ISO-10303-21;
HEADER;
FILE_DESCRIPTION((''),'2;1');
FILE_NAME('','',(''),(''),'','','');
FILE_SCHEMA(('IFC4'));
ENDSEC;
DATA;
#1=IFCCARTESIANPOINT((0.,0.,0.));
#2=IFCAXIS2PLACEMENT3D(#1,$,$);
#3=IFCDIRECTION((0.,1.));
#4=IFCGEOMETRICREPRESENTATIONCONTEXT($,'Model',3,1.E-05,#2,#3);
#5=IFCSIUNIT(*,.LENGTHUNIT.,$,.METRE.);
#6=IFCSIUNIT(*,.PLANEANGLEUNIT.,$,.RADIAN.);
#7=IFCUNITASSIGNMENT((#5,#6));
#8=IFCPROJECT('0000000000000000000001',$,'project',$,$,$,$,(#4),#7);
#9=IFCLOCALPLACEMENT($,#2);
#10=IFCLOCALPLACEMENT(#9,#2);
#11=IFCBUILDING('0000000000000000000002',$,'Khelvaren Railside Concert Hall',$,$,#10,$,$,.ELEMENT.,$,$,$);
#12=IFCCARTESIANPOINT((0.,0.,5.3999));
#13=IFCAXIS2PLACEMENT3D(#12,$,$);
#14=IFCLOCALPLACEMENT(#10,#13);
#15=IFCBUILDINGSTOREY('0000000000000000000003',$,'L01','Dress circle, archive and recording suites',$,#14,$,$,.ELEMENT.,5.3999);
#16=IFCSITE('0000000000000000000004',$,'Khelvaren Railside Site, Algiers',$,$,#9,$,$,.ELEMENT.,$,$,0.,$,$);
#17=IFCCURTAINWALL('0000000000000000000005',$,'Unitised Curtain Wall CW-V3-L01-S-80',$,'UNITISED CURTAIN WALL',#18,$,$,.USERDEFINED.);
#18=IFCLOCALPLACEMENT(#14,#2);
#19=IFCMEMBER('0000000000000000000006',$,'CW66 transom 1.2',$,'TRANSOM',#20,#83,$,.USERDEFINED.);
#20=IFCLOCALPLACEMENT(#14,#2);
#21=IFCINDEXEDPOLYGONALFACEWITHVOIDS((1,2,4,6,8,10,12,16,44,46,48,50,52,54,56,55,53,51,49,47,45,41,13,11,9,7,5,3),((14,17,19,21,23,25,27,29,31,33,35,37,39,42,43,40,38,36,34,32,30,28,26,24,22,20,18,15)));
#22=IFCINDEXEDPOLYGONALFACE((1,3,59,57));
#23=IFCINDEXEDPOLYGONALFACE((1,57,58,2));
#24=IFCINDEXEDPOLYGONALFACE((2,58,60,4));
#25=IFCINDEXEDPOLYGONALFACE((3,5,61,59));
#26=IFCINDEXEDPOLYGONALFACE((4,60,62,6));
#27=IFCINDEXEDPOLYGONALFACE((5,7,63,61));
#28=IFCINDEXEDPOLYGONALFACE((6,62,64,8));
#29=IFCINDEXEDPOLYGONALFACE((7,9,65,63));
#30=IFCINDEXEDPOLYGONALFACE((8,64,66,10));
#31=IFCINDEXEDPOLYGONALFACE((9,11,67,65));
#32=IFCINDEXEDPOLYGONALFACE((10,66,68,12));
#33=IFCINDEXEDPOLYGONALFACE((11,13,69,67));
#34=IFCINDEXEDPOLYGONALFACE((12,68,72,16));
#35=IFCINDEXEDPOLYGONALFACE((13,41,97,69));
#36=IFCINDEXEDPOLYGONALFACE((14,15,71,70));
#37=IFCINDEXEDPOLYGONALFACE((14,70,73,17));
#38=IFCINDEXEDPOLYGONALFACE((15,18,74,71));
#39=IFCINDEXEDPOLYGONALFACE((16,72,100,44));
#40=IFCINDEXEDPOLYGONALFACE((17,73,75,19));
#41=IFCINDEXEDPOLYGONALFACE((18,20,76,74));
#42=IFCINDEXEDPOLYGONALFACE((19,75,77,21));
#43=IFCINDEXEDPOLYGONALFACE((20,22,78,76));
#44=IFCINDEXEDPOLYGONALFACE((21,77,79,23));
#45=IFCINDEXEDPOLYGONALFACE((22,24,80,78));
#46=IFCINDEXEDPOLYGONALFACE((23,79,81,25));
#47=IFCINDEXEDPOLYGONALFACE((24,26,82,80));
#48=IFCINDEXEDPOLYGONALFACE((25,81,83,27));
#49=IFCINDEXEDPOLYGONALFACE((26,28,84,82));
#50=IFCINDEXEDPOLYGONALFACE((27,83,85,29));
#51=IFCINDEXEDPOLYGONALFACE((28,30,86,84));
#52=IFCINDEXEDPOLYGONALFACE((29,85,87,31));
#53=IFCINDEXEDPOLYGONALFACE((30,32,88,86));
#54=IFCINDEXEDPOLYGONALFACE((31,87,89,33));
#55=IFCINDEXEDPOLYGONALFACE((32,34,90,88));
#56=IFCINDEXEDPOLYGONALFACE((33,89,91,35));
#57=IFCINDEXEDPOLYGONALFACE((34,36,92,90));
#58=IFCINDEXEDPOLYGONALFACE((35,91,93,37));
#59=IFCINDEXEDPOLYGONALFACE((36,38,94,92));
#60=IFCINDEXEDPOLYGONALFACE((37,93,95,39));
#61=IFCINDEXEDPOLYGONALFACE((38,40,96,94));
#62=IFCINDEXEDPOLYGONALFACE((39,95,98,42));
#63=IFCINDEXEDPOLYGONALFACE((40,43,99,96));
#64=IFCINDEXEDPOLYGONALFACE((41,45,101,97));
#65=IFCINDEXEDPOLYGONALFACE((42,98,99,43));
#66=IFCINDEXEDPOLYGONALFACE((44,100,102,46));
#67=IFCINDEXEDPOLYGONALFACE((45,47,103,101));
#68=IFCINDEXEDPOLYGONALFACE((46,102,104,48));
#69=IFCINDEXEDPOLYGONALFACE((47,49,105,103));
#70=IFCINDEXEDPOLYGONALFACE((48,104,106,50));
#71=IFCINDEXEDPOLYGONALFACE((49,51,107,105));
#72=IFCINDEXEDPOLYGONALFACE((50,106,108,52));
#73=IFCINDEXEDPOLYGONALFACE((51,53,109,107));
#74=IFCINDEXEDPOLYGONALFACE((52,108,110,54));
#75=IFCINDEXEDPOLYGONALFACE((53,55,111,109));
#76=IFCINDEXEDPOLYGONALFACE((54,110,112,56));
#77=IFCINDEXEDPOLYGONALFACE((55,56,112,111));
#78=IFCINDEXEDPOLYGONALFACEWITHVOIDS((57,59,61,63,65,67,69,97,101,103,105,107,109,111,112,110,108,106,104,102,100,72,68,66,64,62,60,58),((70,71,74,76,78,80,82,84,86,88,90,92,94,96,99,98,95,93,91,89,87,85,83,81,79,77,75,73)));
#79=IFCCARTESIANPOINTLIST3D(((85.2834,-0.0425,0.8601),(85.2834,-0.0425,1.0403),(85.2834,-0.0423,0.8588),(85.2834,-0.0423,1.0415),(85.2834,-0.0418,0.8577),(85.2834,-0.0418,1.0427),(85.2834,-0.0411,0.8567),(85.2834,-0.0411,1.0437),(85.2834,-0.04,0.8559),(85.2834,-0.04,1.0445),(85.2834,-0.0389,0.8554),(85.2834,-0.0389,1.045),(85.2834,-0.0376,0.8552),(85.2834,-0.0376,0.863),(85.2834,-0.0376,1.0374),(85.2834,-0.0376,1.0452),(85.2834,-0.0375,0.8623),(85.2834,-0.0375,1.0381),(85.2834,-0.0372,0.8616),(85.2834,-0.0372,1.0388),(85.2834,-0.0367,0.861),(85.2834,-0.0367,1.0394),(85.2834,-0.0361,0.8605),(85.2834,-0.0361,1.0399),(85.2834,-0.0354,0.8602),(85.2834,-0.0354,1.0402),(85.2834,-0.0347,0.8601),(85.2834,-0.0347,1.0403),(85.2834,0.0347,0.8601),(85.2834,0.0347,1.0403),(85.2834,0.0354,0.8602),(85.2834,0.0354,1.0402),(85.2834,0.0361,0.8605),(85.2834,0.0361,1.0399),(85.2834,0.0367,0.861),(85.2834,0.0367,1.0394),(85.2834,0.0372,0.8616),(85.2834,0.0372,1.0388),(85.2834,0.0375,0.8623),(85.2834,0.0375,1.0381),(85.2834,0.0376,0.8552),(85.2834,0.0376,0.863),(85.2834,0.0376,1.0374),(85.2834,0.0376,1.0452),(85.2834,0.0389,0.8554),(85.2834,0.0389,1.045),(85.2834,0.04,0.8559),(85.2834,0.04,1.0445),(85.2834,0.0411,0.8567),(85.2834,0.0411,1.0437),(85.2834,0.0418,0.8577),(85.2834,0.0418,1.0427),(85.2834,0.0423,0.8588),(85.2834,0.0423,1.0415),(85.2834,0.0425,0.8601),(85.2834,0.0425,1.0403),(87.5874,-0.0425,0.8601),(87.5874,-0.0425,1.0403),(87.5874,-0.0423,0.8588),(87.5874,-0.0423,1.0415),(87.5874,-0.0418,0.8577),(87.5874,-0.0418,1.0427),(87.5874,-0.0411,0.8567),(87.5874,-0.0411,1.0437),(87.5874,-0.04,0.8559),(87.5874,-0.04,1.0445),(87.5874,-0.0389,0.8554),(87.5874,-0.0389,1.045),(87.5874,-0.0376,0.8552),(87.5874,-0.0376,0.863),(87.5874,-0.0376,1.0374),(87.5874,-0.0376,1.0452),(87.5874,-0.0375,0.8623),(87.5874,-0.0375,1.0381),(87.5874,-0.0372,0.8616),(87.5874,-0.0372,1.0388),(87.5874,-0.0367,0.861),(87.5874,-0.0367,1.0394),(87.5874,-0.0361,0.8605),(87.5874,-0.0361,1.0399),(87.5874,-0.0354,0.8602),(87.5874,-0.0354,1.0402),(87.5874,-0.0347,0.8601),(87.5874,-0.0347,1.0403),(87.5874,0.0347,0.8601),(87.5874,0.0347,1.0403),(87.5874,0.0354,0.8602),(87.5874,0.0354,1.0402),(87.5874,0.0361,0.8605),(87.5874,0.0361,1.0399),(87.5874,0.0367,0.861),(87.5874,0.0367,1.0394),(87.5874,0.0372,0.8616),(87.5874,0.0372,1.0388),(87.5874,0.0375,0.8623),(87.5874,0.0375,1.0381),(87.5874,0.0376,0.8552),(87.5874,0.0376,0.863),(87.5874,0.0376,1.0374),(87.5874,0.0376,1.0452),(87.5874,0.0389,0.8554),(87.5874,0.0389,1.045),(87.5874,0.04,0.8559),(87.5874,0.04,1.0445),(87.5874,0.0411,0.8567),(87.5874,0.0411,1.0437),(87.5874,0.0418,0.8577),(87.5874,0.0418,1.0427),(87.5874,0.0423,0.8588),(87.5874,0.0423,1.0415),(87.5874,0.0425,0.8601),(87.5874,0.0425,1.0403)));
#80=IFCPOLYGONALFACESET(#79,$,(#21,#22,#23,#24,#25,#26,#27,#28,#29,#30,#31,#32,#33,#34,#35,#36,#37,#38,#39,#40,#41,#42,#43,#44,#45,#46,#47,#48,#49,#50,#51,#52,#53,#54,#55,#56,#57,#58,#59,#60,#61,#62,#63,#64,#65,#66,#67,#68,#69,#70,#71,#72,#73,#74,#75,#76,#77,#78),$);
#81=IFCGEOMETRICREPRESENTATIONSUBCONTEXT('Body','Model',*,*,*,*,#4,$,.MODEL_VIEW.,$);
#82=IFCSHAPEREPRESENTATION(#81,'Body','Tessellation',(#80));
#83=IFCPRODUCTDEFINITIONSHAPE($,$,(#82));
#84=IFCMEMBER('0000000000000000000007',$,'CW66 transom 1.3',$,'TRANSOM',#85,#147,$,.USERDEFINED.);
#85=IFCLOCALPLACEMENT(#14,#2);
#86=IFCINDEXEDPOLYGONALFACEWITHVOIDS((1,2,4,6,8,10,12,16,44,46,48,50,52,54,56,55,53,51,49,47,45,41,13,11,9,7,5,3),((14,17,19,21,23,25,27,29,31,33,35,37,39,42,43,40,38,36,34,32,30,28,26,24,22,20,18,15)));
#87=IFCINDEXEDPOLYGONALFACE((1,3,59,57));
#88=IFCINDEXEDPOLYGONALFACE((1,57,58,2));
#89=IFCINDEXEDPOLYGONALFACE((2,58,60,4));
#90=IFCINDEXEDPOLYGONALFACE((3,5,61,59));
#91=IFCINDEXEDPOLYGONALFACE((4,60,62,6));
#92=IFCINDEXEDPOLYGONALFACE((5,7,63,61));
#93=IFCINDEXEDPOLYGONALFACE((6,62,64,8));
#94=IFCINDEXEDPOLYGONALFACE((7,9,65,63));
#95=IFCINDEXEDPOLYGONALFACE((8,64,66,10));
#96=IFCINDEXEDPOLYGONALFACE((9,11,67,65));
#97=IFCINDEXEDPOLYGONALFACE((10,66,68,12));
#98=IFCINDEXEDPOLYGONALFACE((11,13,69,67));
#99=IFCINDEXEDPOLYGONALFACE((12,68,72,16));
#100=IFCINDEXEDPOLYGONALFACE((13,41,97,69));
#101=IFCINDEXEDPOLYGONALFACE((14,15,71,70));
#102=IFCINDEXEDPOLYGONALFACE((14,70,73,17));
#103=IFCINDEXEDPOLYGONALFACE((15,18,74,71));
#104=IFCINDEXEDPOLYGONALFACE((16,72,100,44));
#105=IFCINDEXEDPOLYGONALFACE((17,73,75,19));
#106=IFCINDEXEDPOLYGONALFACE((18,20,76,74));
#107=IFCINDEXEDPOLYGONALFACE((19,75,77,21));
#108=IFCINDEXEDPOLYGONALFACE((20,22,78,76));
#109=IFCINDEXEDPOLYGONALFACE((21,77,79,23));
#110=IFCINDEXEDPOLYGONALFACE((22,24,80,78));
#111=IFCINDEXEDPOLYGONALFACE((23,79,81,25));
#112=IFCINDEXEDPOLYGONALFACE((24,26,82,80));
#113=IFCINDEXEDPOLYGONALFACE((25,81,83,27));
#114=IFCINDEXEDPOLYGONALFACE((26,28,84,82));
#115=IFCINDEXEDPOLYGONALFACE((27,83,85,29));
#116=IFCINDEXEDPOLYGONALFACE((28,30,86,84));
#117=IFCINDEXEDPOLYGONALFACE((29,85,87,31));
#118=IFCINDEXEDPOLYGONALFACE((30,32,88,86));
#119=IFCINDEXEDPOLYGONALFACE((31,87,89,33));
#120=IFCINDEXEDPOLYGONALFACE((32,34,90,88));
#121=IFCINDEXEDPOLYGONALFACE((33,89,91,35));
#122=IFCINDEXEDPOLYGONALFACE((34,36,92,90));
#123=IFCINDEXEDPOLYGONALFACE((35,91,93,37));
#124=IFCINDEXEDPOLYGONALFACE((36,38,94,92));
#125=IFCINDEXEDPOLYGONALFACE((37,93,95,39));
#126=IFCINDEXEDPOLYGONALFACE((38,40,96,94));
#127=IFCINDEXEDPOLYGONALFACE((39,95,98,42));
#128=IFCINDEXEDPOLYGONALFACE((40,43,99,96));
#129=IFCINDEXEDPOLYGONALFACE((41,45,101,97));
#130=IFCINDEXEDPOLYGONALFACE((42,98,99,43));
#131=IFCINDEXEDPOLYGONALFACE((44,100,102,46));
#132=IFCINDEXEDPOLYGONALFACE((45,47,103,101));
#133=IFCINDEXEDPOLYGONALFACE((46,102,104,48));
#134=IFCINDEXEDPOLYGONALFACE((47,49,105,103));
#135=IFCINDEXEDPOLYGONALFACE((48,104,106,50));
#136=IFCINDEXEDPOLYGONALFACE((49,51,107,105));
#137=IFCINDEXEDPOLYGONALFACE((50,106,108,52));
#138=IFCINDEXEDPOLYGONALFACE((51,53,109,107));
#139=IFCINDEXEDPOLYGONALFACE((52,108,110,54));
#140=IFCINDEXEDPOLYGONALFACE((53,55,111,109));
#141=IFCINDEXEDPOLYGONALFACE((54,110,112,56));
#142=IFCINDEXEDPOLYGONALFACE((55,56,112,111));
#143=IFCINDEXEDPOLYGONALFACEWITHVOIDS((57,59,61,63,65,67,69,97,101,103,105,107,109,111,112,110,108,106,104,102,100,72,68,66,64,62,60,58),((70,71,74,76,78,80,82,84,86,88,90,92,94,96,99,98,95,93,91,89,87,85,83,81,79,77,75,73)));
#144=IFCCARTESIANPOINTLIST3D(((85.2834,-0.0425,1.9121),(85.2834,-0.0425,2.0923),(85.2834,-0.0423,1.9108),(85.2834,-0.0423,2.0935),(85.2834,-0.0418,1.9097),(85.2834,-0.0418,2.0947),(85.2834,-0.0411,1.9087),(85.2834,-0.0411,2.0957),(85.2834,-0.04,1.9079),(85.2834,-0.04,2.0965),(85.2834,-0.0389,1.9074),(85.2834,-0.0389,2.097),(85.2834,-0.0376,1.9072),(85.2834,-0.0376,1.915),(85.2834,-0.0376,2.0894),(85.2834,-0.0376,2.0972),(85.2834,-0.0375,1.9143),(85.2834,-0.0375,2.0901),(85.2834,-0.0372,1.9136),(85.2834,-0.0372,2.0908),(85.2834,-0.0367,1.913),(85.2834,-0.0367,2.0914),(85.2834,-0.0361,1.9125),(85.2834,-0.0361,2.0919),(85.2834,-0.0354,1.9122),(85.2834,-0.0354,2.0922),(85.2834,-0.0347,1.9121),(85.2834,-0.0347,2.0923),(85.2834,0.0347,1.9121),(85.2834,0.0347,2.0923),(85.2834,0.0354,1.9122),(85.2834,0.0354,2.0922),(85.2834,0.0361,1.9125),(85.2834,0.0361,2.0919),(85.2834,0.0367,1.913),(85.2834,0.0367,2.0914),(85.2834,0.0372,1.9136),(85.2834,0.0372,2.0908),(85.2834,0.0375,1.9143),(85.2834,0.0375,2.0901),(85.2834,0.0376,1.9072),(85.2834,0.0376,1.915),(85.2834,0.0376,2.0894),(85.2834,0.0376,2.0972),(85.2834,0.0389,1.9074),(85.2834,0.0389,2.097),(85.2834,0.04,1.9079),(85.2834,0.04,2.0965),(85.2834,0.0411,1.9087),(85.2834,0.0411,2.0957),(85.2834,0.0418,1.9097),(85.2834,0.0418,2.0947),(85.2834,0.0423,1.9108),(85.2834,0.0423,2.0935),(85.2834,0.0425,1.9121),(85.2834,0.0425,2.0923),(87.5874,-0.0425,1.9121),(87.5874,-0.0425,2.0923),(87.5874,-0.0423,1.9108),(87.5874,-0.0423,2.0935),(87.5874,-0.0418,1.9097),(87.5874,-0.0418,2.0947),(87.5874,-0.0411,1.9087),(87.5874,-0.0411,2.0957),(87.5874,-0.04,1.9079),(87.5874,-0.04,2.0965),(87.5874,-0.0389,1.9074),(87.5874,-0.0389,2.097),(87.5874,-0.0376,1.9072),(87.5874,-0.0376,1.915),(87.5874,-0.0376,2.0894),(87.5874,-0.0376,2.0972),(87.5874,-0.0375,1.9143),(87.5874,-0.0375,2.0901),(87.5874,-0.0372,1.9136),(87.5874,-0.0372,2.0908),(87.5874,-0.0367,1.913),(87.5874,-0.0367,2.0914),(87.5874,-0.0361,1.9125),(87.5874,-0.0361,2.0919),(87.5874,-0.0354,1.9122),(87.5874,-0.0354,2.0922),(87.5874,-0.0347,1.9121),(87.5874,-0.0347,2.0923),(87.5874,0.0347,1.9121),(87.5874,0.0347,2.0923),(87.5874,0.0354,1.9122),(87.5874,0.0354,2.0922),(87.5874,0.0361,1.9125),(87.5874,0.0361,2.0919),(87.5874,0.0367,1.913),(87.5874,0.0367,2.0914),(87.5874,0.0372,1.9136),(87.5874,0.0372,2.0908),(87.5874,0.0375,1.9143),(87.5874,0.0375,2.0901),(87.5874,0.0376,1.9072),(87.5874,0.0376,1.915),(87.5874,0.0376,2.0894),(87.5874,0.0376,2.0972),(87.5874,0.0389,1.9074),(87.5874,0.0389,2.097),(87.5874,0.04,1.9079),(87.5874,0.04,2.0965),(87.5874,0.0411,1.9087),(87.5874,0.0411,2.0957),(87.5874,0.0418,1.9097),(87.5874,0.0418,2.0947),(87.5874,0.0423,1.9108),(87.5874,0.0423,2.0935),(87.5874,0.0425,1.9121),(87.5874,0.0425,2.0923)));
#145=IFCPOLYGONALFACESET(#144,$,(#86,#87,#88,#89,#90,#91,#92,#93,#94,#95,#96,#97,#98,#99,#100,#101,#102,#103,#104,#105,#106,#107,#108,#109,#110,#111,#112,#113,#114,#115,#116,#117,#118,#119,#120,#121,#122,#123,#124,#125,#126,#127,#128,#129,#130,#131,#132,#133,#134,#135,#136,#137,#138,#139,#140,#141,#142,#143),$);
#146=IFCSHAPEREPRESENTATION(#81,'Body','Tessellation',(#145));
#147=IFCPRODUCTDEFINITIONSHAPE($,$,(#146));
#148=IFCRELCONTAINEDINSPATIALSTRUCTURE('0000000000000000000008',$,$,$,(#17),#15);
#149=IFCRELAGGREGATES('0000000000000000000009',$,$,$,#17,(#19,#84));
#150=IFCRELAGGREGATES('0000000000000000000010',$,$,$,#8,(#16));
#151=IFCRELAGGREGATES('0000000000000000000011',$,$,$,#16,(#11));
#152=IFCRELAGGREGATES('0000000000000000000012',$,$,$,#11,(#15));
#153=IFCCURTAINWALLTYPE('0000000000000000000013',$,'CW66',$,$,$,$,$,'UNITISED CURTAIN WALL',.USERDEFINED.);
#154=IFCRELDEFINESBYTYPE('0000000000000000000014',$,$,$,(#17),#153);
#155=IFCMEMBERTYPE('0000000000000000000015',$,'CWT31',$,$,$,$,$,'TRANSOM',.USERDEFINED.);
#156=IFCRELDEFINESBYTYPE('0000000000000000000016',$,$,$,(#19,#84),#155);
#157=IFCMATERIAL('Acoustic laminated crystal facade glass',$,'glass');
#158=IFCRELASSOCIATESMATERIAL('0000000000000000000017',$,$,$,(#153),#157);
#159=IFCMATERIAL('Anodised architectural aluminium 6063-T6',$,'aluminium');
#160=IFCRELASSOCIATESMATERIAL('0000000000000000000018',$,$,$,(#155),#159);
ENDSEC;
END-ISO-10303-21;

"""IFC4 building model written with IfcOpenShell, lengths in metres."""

from ifc_helpers import new_model, si_unit, direction, frame, origin, origin_2d, place, context, subcontext, project, spatial, hollow_rectangle, extrude, material, material_profile, profile_set, type_object, element, aggregate, save


model = new_model("IFC4")

# Units and contexts
model_context = context("Model", 3, precision=1e-05, world=origin(), true_north=direction((0.0, 1.0)))
body_context = subcontext(model_context, "Body", "Model", "MODEL_VIEW")
ifc_project = project(units=[si_unit("LENGTHUNIT", "METRE"), si_unit("PLANEANGLEUNIT", "RADIAN")], contexts=[model_context])

# Site, building, storey
site_placement = place(None, origin())
site = spatial("IfcSite", under=ifc_project, at=site_placement, Name="Khelvaren Railside Site, Algiers", CompositionType="ELEMENT", RefElevation=0.0)
building_placement = place(site_placement, origin())
building = spatial("IfcBuilding", under=site, at=building_placement, Name="Khelvaren Railside Concert Hall", CompositionType="ELEMENT")
storey_placement = place(building_placement, frame((0.0, 0.0, 5.3999)))
storey = spatial("IfcBuildingStorey", under=building, at=storey_placement, Name="L01", Description="Dress circle, archive and recording suites", CompositionType="ELEMENT", Elevation=5.3999)

# Curtain wall
ifc_material_1 = material(Name="Acoustic laminated crystal facade glass", Category="glass")
curtain_wall_type_1 = type_object("IfcCurtainWallType", Name="CW66", ElementType="UNITISED CURTAIN WALL", PredefinedType="USERDEFINED", material=ifc_material_1)
curtain_wall_1_placement = place(storey_placement, origin())
curtain_wall_1 = element("IfcCurtainWall", 1, at=curtain_wall_1_placement, inside=storey, type_object=curtain_wall_type_1, Name="Unitised Curtain Wall CW-V3-L01-S-80", ObjectType="UNITISED CURTAIN WALL", PredefinedType="USERDEFINED")
ifc_material_2 = material(Name="Anodised architectural aluminium 6063-T6", Category="aluminium")

# Members
ifc_material_profile_1 = material_profile(ifc_material_2, hollow_rectangle(XDim=0.085, YDim=0.1899, WallThickness=0.0049, InnerFilletRadius=0.0029, OuterFilletRadius=0.0049, at=origin_2d()), Name="CWT 85x190x5")
ifc_profile_set_1 = profile_set([ifc_material_profile_1], Name="Anodised architectural aluminium 6063-T6")
member_type_1 = type_object("IfcMemberType", Name="CWT31", ElementType="TRANSOM", PredefinedType="USERDEFINED", material=ifc_profile_set_1)
member_1_placement = place(storey_placement, frame((87.5874, 0.0, 0.9502), z_axis=(-1.0, 0.0, 0.0), x_axis=(0.0, -1.0, 0.0)))
member_1 = element("IfcMember", 2, at=member_1_placement, type_object=member_type_1, Name="CW66 transom 1.2", ObjectType="TRANSOM", PredefinedType="USERDEFINED", context=body_context, shape_type="SweptSolid", body=[
    extrude(hollow_rectangle(XDim=0.085, YDim=0.1899, WallThickness=0.0049, InnerFilletRadius=0.0029, OuterFilletRadius=0.0049, at=origin_2d()), origin(), (0.0, 0.0, 1.0), 2.304),
])
member_2_placement = place(storey_placement, frame((87.5874, 0.0, 2.0022), z_axis=(-1.0, 0.0, 0.0), x_axis=(0.0, -1.0, 0.0)))
member_2 = element("IfcMember", 3, at=member_2_placement, type_object=member_type_1, Name="CW66 transom 1.3", ObjectType="TRANSOM", PredefinedType="USERDEFINED", context=body_context, shape_type="SweptSolid", body=[
    extrude(hollow_rectangle(XDim=0.085, YDim=0.1899, WallThickness=0.0049, InnerFilletRadius=0.0029, OuterFilletRadius=0.0049, at=origin_2d()), origin(), (0.0, 0.0, 1.0), 2.304),
])

aggregate(curtain_wall_1, [member_1, member_2])

save(model, "model.ifc")
